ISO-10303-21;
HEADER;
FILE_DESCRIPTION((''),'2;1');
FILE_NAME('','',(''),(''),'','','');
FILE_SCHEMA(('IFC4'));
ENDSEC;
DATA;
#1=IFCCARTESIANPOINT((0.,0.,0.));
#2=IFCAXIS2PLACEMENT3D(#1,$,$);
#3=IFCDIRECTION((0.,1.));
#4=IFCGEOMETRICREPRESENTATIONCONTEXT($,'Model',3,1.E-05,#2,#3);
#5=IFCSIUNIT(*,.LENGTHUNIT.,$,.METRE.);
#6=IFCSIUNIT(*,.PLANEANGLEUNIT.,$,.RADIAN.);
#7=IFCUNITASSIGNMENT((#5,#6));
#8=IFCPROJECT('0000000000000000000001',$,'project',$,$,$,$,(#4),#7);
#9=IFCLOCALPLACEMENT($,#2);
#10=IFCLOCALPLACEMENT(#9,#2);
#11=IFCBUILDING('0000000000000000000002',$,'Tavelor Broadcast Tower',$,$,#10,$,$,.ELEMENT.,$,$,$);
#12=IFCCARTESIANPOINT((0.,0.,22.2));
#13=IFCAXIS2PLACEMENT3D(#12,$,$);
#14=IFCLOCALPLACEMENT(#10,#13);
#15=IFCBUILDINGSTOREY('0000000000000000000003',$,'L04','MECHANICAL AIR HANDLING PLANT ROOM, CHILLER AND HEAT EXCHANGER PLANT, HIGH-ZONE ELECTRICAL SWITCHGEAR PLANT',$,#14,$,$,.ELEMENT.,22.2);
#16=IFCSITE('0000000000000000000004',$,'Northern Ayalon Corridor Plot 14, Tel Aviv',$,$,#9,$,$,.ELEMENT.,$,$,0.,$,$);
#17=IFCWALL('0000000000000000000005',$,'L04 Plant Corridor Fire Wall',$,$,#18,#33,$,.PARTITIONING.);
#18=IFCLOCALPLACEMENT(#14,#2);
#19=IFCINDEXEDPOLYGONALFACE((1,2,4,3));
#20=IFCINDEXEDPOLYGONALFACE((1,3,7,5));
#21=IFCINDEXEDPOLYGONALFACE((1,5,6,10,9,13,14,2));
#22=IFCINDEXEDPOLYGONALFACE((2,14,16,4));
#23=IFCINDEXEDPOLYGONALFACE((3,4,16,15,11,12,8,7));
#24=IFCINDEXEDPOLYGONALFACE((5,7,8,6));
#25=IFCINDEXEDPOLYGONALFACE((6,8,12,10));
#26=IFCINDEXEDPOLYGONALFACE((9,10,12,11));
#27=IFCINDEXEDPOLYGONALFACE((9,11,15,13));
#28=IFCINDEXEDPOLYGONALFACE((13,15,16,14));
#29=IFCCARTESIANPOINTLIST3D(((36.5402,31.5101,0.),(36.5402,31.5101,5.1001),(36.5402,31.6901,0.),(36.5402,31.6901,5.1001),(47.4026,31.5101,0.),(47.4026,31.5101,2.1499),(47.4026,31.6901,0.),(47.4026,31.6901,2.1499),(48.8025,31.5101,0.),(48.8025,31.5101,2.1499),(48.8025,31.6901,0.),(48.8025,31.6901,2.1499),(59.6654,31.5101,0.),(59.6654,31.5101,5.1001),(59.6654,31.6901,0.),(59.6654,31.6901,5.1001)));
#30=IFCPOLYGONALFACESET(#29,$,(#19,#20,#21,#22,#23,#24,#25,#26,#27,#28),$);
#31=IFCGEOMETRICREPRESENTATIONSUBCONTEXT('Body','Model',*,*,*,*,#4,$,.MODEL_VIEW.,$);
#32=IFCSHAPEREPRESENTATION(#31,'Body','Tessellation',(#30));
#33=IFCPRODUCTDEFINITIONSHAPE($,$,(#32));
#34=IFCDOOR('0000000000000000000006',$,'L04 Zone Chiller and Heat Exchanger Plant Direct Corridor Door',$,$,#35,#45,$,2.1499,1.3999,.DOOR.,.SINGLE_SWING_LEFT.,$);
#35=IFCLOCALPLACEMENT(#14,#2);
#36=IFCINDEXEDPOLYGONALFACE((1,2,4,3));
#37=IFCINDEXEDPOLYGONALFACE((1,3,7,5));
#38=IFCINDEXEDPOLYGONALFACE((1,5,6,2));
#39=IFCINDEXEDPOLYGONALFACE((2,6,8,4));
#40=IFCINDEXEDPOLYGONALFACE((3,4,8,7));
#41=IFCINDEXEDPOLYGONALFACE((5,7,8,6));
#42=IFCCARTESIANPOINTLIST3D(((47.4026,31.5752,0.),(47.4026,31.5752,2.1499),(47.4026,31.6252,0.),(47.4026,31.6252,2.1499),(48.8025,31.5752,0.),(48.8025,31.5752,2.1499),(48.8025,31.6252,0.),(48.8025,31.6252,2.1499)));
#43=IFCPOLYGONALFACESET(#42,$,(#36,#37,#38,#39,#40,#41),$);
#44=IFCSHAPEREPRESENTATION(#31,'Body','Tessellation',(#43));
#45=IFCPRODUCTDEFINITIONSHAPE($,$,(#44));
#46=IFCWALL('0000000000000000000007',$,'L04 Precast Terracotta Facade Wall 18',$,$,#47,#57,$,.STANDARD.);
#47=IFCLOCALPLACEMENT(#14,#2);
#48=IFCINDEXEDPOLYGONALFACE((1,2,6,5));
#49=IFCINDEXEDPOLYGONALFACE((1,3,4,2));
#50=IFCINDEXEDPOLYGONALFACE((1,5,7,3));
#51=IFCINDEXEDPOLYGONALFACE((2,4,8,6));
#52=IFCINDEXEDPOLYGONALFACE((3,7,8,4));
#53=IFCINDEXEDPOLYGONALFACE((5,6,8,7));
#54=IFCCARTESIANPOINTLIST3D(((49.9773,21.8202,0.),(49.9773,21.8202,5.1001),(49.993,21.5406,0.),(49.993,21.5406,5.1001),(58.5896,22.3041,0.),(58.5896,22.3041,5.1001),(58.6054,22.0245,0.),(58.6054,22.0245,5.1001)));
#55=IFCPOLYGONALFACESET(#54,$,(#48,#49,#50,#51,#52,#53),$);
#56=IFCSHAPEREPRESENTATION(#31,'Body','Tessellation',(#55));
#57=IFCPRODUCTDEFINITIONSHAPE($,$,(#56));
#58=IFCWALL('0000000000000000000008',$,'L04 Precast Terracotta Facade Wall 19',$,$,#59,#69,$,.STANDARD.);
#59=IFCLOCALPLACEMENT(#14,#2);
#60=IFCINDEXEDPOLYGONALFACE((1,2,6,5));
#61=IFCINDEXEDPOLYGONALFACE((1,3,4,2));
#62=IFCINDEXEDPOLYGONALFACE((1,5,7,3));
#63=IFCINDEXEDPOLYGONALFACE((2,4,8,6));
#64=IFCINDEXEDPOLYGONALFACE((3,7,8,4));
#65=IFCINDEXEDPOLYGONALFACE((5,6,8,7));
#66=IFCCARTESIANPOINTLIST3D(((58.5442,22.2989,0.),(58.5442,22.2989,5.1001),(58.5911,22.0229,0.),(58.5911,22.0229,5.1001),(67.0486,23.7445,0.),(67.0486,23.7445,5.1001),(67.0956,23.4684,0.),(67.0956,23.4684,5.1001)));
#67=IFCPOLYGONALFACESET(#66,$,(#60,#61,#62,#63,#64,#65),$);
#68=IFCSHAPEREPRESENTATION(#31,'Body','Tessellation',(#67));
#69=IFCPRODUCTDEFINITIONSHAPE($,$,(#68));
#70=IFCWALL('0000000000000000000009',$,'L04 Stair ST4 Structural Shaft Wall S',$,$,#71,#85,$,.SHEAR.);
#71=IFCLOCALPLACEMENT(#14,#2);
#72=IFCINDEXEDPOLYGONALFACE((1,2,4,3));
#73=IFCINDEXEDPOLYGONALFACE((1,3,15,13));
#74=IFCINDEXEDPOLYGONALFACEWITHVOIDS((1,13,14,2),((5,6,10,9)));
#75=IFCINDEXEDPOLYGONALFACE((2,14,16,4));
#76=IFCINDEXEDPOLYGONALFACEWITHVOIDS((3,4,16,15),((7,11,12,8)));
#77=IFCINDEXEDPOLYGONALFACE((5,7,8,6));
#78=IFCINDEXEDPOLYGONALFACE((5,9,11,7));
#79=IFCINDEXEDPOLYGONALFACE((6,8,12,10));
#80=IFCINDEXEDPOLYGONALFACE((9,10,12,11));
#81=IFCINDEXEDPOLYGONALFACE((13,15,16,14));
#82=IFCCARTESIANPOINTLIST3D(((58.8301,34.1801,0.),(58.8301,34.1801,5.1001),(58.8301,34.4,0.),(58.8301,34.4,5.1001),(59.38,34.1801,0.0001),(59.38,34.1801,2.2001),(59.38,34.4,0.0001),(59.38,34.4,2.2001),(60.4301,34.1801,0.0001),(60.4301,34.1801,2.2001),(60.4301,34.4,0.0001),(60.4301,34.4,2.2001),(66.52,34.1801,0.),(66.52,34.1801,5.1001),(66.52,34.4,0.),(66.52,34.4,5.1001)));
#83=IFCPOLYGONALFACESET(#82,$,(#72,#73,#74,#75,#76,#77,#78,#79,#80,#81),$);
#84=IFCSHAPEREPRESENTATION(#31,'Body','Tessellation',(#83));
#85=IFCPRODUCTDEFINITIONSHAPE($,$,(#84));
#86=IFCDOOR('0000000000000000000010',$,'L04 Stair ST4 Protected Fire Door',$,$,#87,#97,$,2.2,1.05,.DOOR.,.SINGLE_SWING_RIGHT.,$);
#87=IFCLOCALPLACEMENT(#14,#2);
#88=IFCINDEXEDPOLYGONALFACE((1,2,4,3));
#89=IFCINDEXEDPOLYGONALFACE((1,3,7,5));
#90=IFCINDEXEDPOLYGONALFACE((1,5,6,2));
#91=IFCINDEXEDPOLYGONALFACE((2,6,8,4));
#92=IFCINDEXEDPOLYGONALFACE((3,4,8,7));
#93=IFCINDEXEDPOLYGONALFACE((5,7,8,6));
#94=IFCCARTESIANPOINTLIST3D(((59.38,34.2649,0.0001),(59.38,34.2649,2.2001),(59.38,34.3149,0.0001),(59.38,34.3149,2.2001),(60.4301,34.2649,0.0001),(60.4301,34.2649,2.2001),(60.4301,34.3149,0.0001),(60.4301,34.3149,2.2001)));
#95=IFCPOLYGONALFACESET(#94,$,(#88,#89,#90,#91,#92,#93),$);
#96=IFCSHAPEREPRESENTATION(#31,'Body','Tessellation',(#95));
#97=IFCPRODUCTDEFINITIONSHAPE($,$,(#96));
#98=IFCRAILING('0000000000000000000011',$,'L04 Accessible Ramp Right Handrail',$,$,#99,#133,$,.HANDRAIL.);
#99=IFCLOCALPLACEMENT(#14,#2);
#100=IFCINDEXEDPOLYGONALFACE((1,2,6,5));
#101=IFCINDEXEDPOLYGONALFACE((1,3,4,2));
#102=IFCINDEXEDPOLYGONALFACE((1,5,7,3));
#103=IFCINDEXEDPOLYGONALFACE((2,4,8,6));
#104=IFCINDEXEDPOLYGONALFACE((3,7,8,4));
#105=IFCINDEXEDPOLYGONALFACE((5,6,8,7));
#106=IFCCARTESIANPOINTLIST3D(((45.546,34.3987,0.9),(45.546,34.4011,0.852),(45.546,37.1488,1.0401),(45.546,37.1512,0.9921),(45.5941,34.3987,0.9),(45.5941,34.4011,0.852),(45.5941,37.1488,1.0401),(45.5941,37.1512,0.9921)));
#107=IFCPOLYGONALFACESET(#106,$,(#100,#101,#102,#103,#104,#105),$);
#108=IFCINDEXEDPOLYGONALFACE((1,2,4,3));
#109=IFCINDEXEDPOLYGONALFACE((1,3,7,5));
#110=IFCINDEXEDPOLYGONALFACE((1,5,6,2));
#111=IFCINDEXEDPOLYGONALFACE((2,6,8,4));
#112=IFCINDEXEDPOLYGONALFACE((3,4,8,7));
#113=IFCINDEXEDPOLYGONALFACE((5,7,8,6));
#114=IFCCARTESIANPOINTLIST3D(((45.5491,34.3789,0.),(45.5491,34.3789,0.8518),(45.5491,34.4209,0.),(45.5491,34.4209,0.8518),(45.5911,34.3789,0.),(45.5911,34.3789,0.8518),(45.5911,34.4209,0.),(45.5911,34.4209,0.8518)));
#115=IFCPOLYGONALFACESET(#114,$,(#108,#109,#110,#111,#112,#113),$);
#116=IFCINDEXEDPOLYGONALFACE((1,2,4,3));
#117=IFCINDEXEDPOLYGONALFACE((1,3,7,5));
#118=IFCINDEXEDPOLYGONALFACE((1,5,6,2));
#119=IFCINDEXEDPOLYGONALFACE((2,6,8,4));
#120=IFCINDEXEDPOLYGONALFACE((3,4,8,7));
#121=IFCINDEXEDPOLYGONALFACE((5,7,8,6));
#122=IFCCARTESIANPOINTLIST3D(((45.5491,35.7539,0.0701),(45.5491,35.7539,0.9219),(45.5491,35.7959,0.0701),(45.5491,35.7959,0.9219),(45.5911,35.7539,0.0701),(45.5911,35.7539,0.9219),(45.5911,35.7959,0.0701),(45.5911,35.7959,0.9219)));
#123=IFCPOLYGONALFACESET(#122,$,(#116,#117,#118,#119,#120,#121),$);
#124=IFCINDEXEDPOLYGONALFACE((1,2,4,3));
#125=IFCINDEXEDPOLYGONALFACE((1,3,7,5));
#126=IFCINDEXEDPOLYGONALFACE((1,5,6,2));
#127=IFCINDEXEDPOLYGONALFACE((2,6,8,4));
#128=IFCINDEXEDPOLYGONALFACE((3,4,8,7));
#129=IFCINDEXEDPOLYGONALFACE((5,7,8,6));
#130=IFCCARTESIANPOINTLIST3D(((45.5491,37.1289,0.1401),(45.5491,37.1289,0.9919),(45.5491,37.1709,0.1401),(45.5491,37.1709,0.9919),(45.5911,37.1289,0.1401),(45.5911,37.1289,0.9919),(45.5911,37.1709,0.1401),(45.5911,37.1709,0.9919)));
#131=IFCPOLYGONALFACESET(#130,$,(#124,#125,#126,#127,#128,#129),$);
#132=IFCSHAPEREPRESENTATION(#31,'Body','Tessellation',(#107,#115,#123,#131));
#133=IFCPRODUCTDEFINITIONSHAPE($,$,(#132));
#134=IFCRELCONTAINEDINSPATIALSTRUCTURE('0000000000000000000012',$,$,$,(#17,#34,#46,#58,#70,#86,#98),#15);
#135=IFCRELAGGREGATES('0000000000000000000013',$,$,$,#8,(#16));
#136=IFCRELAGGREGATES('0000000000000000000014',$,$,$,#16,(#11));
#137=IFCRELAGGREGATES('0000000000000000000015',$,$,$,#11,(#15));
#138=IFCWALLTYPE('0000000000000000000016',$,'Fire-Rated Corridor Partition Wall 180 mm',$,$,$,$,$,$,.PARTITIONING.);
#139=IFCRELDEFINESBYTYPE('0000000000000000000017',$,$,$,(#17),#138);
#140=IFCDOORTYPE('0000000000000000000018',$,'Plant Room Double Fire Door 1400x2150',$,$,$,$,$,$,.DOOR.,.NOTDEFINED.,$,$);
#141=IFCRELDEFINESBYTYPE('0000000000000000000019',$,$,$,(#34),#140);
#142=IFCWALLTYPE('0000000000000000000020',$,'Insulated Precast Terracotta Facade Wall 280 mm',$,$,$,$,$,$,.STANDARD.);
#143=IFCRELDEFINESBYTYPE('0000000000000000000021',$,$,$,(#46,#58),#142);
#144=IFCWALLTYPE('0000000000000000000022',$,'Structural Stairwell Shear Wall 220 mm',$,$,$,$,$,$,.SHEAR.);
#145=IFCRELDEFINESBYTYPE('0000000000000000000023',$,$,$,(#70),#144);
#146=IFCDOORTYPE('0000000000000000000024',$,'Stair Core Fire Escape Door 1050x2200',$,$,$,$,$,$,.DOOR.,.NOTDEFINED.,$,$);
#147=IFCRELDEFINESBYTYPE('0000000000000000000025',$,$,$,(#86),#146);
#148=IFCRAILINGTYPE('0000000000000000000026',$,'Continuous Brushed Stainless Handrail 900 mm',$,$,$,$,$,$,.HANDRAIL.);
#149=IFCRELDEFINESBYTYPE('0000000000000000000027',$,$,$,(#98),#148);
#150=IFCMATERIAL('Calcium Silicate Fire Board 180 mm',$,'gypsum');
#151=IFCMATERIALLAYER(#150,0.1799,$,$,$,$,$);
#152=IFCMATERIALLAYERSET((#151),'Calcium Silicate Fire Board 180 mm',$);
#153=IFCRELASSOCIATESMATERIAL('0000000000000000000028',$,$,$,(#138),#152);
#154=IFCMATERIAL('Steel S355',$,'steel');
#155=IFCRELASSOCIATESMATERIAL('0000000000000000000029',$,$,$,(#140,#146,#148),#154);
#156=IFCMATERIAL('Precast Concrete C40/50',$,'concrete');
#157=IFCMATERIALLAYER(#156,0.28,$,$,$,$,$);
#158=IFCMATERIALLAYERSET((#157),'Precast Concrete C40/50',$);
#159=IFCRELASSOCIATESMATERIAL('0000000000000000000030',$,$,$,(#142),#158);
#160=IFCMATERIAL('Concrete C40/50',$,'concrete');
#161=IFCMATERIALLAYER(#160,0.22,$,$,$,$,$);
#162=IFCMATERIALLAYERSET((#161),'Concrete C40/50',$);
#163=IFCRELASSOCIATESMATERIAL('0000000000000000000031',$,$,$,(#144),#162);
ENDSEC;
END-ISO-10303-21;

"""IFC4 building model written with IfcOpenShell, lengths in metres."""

from ifc_helpers import new_model, si_unit, direction, frame, frame_2d, origin, origin_2d, place, context, subcontext, project, spatial, rectangle, extrude, material, layer, layer_set, type_object, element, fill, save


model = new_model("IFC4")

# Units and contexts
model_context = context("Model", 3, precision=1e-05, world=origin(), true_north=direction((0.0, 1.0)))
body_context = subcontext(model_context, "Body", "Model", "MODEL_VIEW")
ifc_project = project(units=[si_unit("LENGTHUNIT", "METRE"), si_unit("PLANEANGLEUNIT", "RADIAN")], contexts=[model_context])

# Site, building, storey
site_placement = place(None, origin())
site = spatial("IfcSite", under=ifc_project, at=site_placement, Name="Northern Ayalon Corridor Plot 14, Tel Aviv", CompositionType="ELEMENT", RefElevation=0.0)
building_placement = place(site_placement, origin())
building = spatial("IfcBuilding", under=site, at=building_placement, Name="Tavelor Broadcast Tower", CompositionType="ELEMENT")
storey_placement = place(building_placement, frame((0.0, 0.0, 22.2)))
storey = spatial("IfcBuildingStorey", under=building, at=storey_placement, Name="L04", Description="MECHANICAL AIR HANDLING PLANT ROOM, CHILLER AND HEAT EXCHANGER PLANT, HIGH-ZONE ELECTRICAL SWITCHGEAR PLANT", CompositionType="ELEMENT", Elevation=22.2)

# Shared definitions
ifc_material_1 = material(Name="Calcium Silicate Fire Board 180 mm", Category="gypsum")
ifc_layer_1 = layer(ifc_material_1, 0.1799)
ifc_layer_set_1 = layer_set([ifc_layer_1], Name="Calcium Silicate Fire Board 180 mm")
wall_type_1 = type_object("IfcWallType", Name="Fire-Rated Corridor Partition Wall 180 mm", PredefinedType="PARTITIONING", material=ifc_layer_set_1)

# Wall, opening, door
wall_1_placement = place(storey_placement, frame((59.6653, 31.6001, 0.0), z_axis=(0.0, 0.0, 1.0), x_axis=(-1.0, 0.0, 0.0)))
wall_1 = element("IfcWall", 1, at=wall_1_placement, inside=storey, type_object=wall_type_1, Name="L04 Plant Corridor Fire Wall", PredefinedType="PARTITIONING", context=body_context, shape_type="SweptSolid", body=[
    extrude(rectangle(XDim=23.1252, YDim=0.1799, at=frame_2d((11.5625, 0.0))), origin(), (0.0, 0.0, 1.0), 5.1001),
])
opening_1_placement = place(wall_1_placement, frame((10.8628, 0.0, 0.0)))
opening_1 = element("IfcOpeningElement", 2, at=opening_1_placement, cuts=wall_1, PredefinedType="OPENING", context=body_context, shape_type="SweptSolid", body=[
    extrude(rectangle(XDim=1.3999, YDim=2.1499, at=frame_2d((0.7, 1.075))), frame((0.0, 0.1001, 0.0), z_axis=(0.0, -1.0, 0.0), x_axis=(1.0, 0.0, 0.0)), (0.0, 0.0, 1.0), 0.2),
])
ifc_material_2 = material(Name="Steel S355", Category="steel")
door_type_1 = type_object("IfcDoorType", Name="Plant Room Double Fire Door 1400x2150", OperationType="NOTDEFINED", PredefinedType="DOOR", material=ifc_material_2)
door_1_placement = place(opening_1_placement, origin())
door_1 = element("IfcDoor", 3, at=door_1_placement, inside=storey, type_object=door_type_1, Name="L04 Zone Chiller and Heat Exchanger Plant Direct Corridor Door", OperationType="SINGLE_SWING_LEFT", OverallHeight=2.1499, OverallWidth=1.3999, PredefinedType="DOOR", context=body_context, shape_type="SweptSolid", body=[
    extrude(rectangle(XDim=1.3999, YDim=2.1499, at=frame_2d((0.7, 1.075))), frame((0.0, 0.0249, 0.0), z_axis=(0.0, -1.0, 0.0), x_axis=(1.0, 0.0, 0.0)), (0.0, 0.0, 1.0), 0.05),
])
fill(opening_1, door_1)

# Walls
ifc_material_3 = material(Name="Precast Concrete C40/50", Category="concrete")
ifc_layer_2 = layer(ifc_material_3, 0.28)
ifc_layer_set_2 = layer_set([ifc_layer_2], Name="Precast Concrete C40/50")
wall_type_2 = type_object("IfcWallType", Name="Insulated Precast Terracotta Facade Wall 280 mm", PredefinedType="STANDARD", material=ifc_layer_set_2)
wall_2_placement = place(storey_placement, frame((49.9851, 21.6804, 0.0), z_axis=(0.0, 0.0, 1.0), x_axis=(0.998425, 0.056097, 0.0)))
element("IfcWall", 4, at=wall_2_placement, inside=storey, type_object=wall_type_2, Name="L04 Precast Terracotta Facade Wall 18", PredefinedType="STANDARD", context=body_context, shape_type="SweptSolid", body=[
    extrude(rectangle(XDim=8.626, YDim=0.28, at=frame_2d((4.313, 0.0))), origin(), (0.0, 0.0, 1.0), 5.1001),
])
wall_3_placement = place(storey_placement, frame((58.5676, 22.1609, 0.0), z_axis=(0.0, 0.0, 1.0), x_axis=(0.985859, 0.167574, 0.0)))
element("IfcWall", 5, at=wall_3_placement, inside=storey, type_object=wall_type_2, Name="L04 Precast Terracotta Facade Wall 19", PredefinedType="STANDARD", context=body_context, shape_type="SweptSolid", body=[
    extrude(rectangle(XDim=8.6265, YDim=0.28, at=frame_2d((4.3132, 0.0))), origin(), (0.0, 0.0, 1.0), 5.1001),
])

# Wall, opening, door
ifc_material_4 = material(Name="Concrete C40/50", Category="concrete")
ifc_layer_3 = layer(ifc_material_4, 0.22)
ifc_layer_set_3 = layer_set([ifc_layer_3], Name="Concrete C40/50")
wall_type_3 = type_object("IfcWallType", Name="Structural Stairwell Shear Wall 220 mm", PredefinedType="SHEAR", material=ifc_layer_set_3)
wall_4_placement = place(storey_placement, frame((58.8301, 34.29, 0.0), z_axis=(0.0, 0.0, 1.0), x_axis=(1.0, 0.0, 0.0)))
wall_4 = element("IfcWall", 6, at=wall_4_placement, inside=storey, type_object=wall_type_3, Name="L04 Stair ST4 Structural Shaft Wall S", PredefinedType="SHEAR", context=body_context, shape_type="SweptSolid", body=[
    extrude(rectangle(XDim=7.6899, YDim=0.22, at=frame_2d((3.845, 0.0))), origin(), (0.0, 0.0, 1.0), 5.1001),
])
opening_2_placement = place(wall_4_placement, frame((0.55, 0.0, 0.0)))
opening_2 = element("IfcOpeningElement", 7, at=opening_2_placement, cuts=wall_4, PredefinedType="OPENING", context=body_context, shape_type="SweptSolid", body=[
    extrude(rectangle(XDim=1.05, YDim=2.2, at=frame_2d((0.5249, 1.1001))), frame((0.0, 0.1201, 0.0), z_axis=(0.0, -1.0, 0.0), x_axis=(1.0, 0.0, 0.0)), (0.0, 0.0, 1.0), 0.24),
])
door_type_2 = type_object("IfcDoorType", Name="Stair Core Fire Escape Door 1050x2200", OperationType="NOTDEFINED", PredefinedType="DOOR", material=ifc_material_2)
door_2_placement = place(opening_2_placement, origin())
door_2 = element("IfcDoor", 8, at=door_2_placement, inside=storey, type_object=door_type_2, Name="L04 Stair ST4 Protected Fire Door", OperationType="SINGLE_SWING_RIGHT", OverallHeight=2.2, OverallWidth=1.05, PredefinedType="DOOR", context=body_context, shape_type="SweptSolid", body=[
    extrude(rectangle(XDim=1.05, YDim=2.2, at=frame_2d((0.5249, 1.1001))), frame((0.0, 0.0249, 0.0), z_axis=(0.0, -1.0, 0.0), x_axis=(1.0, 0.0, 0.0)), (0.0, 0.0, 1.0), 0.05),
])
fill(opening_2, door_2)

# Railing
railing_type_1 = type_object("IfcRailingType", Name="Continuous Brushed Stainless Handrail 900 mm", PredefinedType="HANDRAIL", material=ifc_material_2)
railing_1_placement = place(storey_placement, frame((45.5701, 34.3999, 0.0)))
element("IfcRailing", 9, at=railing_1_placement, inside=storey, type_object=railing_type_1, Name="L04 Accessible Ramp Right Handrail", PredefinedType="HANDRAIL", context=body_context, shape_type="SweptSolid", body=[
    extrude(rectangle(XDim=0.0481, YDim=0.0481, at=origin_2d()), frame((0.0, 0.0, 0.876), z_axis=(0.0, 0.998704, 0.050893), x_axis=(-1.0, 0.0, 0.0)), (0.0, 0.0, 1.0), 2.7537),
    extrude(rectangle(XDim=0.042, YDim=0.042, at=origin_2d()), origin(), (0.0, 0.0, 1.0), 0.8518),
    extrude(rectangle(XDim=0.042, YDim=0.042, at=origin_2d()), frame((0.0, 1.375, 0.0701)), (0.0, 0.0, 1.0), 0.8518),
    extrude(rectangle(XDim=0.042, YDim=0.042, at=origin_2d()), frame((0.0, 2.75, 0.1401)), (0.0, 0.0, 1.0), 0.8518),
])

save(model, "model.ifc")
